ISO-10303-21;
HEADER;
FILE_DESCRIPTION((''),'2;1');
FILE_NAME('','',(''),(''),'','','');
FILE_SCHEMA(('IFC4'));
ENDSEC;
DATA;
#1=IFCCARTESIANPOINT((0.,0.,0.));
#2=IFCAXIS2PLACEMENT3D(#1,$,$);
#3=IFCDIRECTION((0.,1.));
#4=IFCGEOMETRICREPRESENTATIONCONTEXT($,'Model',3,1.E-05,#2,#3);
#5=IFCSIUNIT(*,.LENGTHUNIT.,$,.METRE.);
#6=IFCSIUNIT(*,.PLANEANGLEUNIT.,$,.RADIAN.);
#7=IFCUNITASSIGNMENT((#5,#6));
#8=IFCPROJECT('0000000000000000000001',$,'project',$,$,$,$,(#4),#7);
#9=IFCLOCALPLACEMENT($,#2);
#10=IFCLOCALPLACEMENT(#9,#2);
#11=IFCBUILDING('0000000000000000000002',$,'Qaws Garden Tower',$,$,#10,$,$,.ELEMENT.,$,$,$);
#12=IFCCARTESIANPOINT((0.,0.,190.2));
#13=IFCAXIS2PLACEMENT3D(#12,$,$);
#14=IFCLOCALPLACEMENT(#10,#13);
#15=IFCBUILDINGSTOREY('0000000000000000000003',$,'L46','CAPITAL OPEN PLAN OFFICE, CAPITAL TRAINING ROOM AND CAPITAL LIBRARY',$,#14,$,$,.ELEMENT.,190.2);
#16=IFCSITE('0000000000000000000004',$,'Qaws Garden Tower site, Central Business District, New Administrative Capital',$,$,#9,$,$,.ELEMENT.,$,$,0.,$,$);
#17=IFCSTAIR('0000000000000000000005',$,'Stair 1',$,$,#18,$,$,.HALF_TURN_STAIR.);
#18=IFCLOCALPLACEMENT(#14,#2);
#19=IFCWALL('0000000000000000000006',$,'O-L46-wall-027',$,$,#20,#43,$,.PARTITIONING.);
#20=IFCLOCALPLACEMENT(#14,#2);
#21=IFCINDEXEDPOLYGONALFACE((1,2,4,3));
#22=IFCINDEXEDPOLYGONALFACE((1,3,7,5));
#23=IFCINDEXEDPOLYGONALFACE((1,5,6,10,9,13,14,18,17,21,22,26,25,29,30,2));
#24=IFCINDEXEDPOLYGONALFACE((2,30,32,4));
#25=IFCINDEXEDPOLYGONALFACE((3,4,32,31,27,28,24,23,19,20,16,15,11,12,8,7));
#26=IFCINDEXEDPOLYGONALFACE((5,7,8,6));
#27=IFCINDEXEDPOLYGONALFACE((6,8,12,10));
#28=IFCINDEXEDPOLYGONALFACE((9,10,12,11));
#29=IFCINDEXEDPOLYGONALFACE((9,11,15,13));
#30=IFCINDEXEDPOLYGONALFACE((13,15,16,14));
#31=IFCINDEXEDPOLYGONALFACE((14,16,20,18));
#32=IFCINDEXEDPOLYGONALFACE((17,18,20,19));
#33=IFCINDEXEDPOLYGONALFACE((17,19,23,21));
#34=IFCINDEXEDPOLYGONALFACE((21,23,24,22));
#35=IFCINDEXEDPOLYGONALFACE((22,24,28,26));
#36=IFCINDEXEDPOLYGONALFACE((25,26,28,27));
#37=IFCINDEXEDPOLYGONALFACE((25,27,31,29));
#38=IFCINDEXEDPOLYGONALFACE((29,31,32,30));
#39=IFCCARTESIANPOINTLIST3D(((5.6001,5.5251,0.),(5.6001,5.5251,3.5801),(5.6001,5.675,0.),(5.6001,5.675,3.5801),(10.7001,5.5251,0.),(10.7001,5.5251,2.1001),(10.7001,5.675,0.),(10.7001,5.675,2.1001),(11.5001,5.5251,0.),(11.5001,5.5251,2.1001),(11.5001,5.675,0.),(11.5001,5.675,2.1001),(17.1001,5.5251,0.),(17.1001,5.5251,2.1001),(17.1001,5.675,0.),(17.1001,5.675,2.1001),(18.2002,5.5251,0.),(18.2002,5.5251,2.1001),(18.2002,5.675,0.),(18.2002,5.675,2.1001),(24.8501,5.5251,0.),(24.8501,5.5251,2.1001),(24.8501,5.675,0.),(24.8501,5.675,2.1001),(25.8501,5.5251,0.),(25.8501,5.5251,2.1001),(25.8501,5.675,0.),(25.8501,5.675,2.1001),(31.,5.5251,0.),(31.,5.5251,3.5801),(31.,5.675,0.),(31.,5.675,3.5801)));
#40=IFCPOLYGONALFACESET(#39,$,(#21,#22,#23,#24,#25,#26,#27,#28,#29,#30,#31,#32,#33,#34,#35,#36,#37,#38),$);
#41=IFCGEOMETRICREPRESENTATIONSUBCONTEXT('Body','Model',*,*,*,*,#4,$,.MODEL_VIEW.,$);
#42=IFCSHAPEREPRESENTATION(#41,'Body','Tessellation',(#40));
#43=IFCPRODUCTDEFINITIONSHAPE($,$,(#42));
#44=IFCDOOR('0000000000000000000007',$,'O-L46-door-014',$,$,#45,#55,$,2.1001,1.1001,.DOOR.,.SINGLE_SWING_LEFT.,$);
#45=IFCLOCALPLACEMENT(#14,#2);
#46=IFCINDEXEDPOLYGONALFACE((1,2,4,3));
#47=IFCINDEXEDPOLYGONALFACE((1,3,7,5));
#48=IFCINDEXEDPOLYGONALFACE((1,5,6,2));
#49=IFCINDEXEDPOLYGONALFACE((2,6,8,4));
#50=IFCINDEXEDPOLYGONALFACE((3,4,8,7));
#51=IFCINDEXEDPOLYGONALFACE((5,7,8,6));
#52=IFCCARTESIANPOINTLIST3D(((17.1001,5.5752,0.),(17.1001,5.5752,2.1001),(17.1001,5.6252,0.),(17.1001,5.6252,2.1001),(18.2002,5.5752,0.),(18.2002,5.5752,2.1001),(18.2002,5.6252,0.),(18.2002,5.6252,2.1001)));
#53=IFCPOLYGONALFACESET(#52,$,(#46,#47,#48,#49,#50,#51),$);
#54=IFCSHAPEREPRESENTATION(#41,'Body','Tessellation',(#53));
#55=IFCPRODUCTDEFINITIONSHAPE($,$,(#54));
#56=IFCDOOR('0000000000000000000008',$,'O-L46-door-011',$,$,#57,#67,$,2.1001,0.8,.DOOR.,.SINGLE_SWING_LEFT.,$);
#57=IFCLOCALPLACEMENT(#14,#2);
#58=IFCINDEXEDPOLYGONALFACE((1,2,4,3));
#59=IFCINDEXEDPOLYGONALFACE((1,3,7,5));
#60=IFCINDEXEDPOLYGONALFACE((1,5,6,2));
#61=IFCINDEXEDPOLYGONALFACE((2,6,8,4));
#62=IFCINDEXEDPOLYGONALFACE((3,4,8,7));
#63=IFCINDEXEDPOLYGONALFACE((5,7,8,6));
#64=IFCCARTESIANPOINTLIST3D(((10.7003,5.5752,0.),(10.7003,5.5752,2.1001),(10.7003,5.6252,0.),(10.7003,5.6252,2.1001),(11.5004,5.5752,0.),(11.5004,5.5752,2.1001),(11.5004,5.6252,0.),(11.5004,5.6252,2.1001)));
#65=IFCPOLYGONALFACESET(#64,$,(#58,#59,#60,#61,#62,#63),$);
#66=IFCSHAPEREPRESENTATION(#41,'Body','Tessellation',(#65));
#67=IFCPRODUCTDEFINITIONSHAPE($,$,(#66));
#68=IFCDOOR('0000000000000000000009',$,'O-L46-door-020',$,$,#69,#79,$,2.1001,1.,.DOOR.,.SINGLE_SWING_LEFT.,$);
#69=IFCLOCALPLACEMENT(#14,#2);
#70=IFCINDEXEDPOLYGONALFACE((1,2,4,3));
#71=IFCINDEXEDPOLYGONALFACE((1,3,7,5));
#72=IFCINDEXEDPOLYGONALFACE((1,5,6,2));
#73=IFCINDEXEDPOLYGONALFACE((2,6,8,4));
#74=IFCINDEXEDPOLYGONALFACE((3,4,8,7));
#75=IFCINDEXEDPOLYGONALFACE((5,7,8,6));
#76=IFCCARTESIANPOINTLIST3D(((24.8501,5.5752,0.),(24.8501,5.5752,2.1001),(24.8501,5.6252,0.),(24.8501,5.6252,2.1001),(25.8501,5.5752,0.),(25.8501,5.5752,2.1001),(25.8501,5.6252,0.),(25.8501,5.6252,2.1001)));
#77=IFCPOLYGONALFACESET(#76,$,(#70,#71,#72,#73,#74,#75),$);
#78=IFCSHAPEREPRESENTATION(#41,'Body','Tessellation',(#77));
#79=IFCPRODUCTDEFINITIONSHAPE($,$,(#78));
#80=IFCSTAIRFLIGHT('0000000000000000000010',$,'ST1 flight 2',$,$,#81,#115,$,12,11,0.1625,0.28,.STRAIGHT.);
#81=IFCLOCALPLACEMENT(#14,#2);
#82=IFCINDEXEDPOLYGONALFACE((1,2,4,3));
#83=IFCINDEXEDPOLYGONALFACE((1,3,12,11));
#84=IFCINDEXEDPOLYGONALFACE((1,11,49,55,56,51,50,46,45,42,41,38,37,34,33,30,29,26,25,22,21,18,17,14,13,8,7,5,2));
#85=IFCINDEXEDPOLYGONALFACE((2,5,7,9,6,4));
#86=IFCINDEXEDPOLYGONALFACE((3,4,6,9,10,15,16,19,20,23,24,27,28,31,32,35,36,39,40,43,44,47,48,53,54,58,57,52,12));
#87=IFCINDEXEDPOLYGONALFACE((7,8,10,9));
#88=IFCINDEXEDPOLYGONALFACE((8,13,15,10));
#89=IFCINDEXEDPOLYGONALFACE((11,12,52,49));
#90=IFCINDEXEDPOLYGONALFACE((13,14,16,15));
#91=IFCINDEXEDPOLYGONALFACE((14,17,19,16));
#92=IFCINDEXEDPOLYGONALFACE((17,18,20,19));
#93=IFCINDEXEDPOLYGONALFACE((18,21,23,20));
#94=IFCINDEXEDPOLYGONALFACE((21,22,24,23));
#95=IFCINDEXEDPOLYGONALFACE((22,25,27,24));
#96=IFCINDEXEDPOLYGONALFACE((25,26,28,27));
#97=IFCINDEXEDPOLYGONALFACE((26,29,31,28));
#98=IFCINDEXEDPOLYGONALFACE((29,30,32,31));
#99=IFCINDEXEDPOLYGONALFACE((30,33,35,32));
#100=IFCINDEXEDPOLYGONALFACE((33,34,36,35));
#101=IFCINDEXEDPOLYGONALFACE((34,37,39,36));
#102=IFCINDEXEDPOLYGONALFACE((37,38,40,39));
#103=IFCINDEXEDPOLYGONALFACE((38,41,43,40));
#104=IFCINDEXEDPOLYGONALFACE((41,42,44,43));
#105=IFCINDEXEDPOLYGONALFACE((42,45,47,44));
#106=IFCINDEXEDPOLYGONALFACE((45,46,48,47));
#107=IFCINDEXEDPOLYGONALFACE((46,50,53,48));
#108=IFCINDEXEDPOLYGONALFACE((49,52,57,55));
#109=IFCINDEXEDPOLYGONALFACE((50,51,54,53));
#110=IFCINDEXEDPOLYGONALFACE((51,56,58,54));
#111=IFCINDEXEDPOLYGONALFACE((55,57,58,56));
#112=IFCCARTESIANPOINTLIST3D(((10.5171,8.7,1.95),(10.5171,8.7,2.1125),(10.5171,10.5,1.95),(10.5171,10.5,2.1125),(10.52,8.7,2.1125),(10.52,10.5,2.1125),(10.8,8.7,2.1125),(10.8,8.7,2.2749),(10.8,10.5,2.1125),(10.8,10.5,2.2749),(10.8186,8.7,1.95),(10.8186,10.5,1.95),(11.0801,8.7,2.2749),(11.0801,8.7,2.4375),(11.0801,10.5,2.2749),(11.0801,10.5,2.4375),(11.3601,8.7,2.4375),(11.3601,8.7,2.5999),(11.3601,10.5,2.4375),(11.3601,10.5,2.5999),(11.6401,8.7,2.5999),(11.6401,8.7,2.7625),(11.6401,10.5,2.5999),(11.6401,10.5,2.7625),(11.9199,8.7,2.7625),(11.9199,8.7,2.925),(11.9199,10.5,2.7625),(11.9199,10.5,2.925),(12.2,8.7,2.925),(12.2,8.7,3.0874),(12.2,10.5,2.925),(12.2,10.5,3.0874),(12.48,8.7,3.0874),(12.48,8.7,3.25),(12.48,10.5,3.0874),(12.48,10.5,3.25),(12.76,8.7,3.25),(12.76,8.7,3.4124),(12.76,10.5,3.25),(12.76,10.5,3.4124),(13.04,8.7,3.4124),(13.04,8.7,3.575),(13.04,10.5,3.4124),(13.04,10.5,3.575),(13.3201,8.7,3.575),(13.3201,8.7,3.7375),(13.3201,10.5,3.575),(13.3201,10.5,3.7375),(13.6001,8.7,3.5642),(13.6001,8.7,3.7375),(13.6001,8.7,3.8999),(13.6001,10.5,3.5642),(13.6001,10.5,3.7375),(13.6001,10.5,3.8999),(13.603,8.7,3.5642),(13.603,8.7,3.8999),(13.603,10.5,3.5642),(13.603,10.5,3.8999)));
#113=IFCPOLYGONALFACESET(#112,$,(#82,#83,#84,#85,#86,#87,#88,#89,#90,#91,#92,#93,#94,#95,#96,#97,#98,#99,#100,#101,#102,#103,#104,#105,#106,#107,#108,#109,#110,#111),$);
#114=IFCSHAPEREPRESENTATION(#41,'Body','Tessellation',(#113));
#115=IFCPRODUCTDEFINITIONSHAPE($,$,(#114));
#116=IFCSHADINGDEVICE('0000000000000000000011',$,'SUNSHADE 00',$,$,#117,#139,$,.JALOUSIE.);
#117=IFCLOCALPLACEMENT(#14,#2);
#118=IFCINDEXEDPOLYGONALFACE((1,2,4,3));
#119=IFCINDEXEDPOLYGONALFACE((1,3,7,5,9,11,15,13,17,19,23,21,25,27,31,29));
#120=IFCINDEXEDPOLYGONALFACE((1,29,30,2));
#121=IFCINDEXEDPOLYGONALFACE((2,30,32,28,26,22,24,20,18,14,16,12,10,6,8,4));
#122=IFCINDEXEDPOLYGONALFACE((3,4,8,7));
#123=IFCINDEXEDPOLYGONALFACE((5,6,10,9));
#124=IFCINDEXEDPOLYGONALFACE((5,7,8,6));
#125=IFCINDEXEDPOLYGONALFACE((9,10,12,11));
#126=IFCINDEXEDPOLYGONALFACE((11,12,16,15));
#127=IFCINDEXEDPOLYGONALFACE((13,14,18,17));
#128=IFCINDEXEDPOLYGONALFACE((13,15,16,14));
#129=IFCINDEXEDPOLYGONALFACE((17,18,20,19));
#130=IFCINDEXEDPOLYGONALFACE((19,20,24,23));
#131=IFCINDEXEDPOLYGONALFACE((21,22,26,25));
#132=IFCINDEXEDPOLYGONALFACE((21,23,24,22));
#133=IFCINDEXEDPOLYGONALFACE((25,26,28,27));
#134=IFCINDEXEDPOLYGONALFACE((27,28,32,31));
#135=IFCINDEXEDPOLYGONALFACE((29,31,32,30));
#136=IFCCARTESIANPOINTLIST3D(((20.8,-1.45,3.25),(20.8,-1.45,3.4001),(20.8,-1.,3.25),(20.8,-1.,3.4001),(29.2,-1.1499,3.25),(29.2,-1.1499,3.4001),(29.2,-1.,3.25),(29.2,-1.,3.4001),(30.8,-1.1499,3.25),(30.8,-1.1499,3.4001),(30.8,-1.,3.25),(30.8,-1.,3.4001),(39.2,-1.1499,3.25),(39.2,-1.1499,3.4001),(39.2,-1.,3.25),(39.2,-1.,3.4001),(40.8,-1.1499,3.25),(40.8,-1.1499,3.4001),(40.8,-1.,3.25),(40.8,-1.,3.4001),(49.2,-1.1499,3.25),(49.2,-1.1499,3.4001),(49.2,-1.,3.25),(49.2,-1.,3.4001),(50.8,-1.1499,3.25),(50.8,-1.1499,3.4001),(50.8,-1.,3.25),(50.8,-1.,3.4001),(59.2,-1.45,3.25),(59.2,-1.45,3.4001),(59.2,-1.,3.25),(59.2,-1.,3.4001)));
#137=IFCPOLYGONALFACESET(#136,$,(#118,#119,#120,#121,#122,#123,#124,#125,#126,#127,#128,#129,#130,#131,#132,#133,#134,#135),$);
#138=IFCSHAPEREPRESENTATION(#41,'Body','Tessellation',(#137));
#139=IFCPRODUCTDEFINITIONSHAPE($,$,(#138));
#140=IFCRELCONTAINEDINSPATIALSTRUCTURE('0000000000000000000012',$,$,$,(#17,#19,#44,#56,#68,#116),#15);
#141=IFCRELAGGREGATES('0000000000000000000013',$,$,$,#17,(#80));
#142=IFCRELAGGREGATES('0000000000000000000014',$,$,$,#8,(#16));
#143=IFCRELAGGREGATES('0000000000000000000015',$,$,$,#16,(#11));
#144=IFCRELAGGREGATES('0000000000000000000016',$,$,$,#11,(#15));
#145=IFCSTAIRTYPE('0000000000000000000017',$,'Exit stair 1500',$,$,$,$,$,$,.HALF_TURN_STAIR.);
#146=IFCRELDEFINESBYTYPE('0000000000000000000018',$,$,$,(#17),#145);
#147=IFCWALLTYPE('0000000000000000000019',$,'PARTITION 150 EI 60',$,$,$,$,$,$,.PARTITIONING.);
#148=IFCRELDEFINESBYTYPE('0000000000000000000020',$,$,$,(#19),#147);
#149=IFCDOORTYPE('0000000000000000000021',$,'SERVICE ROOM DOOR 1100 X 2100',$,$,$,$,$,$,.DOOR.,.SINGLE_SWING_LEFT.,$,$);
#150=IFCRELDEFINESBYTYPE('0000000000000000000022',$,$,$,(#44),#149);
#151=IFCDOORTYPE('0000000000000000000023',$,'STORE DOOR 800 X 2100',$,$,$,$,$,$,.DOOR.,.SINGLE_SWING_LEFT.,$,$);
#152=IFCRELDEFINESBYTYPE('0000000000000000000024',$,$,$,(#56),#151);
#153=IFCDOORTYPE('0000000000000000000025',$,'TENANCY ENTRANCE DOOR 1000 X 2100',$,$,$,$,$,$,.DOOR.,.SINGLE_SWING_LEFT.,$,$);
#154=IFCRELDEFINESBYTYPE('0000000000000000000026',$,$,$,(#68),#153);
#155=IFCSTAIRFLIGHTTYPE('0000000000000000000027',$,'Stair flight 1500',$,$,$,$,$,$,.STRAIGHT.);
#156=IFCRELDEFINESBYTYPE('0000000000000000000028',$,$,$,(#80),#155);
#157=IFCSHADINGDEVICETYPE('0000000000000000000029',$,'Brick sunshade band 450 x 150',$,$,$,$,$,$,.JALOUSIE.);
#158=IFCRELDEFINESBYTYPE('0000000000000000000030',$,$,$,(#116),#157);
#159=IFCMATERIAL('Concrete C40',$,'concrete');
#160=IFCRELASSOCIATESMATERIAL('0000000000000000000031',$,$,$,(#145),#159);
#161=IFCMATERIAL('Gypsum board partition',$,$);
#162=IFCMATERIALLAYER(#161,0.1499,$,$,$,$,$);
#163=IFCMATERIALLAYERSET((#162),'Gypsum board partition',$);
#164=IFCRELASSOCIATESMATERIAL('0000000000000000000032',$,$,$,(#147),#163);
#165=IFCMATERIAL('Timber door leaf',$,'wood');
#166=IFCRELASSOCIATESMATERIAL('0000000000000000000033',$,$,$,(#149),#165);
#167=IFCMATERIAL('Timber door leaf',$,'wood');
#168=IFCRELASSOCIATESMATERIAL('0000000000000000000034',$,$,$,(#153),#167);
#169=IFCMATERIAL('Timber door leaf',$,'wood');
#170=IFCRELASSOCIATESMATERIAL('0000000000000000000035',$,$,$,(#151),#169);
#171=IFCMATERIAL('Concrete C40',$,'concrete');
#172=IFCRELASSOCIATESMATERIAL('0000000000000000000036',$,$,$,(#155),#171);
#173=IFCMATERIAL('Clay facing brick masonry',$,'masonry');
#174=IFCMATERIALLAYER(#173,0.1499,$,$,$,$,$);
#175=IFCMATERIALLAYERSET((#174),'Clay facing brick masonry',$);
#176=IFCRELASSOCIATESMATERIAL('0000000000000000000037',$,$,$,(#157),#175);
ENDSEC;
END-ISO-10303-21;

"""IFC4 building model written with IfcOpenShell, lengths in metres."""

from ifc_helpers import new_model, si_unit, direction, frame, frame_2d, origin, place, context, subcontext, project, spatial, polyline, rectangle, outline, extrude, material, layer, layer_set, type_object, element, fill, aggregate, save


model = new_model("IFC4")

# Units and contexts
model_context = context("Model", 3, precision=1e-05, world=origin(), true_north=direction((0.0, 1.0)))
body_context = subcontext(model_context, "Body", "Model", "MODEL_VIEW")
ifc_project = project(units=[si_unit("LENGTHUNIT", "METRE"), si_unit("PLANEANGLEUNIT", "RADIAN")], contexts=[model_context])

# Site, building, storey
site_placement = place(None, origin())
site = spatial("IfcSite", under=ifc_project, at=site_placement, Name="Qaws Garden Tower site, Central Business District, New Administrative Capital", CompositionType="ELEMENT", RefElevation=0.0)
building_placement = place(site_placement, origin())
building = spatial("IfcBuilding", under=site, at=building_placement, Name="Qaws Garden Tower", CompositionType="ELEMENT")
storey_placement = place(building_placement, frame((0.0, 0.0, 190.2)))
storey = spatial("IfcBuildingStorey", under=building, at=storey_placement, Name="L46", Description="CAPITAL OPEN PLAN OFFICE, CAPITAL TRAINING ROOM AND CAPITAL LIBRARY", CompositionType="ELEMENT", Elevation=190.2)

# Stair
ifc_material_1 = material(Name="Concrete C40", Category="concrete")
stair_type_1 = type_object("IfcStairType", Name="Exit stair 1500", PredefinedType="HALF_TURN_STAIR", material=ifc_material_1)
placement_1 = place(storey_placement, origin())
stair_1 = element("IfcStair", 1, at=placement_1, inside=storey, type_object=stair_type_1, Name="Stair 1", PredefinedType="HALF_TURN_STAIR")

# Wall, openings, doors
ifc_material_2 = material(Name="Gypsum board partition")
ifc_layer_1 = layer(ifc_material_2, 0.1499)
ifc_layer_set_1 = layer_set([ifc_layer_1], Name="Gypsum board partition")
wall_type_1 = type_object("IfcWallType", Name="PARTITION 150 EI 60", PredefinedType="PARTITIONING", material=ifc_layer_set_1)
ifc_material_3 = material(Name="Timber door leaf", Category="wood")
door_type_1 = type_object("IfcDoorType", Name="SERVICE ROOM DOOR 1100 X 2100", OperationType="SINGLE_SWING_LEFT", PredefinedType="DOOR", material=ifc_material_3)
ifc_material_4 = material(Name="Timber door leaf", Category="wood")
door_type_2 = type_object("IfcDoorType", Name="TENANCY ENTRANCE DOOR 1000 X 2100", OperationType="SINGLE_SWING_LEFT", PredefinedType="DOOR", material=ifc_material_4)
wall_1_placement = place(storey_placement, frame((5.6001, 5.6001, 0.0), z_axis=(0.0, 0.0, 1.0), x_axis=(1.0, 0.0, 0.0)))
wall_1 = element("IfcWall", 2, at=wall_1_placement, inside=storey, type_object=wall_type_1, Name="O-L46-wall-027", PredefinedType="PARTITIONING", context=body_context, shape_type="SweptSolid", body=[
    extrude(rectangle(XDim=25.3999, YDim=0.1499, at=frame_2d((12.7, 0.0))), origin(), (0.0, 0.0, 1.0), 3.5801),
])
opening_1_placement = place(wall_1_placement, frame((5.1001, 0.0, 0.0)))
opening_1 = element("IfcOpeningElement", 3, at=opening_1_placement, cuts=wall_1, PredefinedType="OPENING", context=body_context, shape_type="SweptSolid", body=[
    extrude(rectangle(XDim=0.8, YDim=2.1001, at=frame_2d((0.3999, 1.05))), frame((0.0, 0.085, 0.0), z_axis=(0.0, -1.0, 0.0), x_axis=(1.0, 0.0, 0.0)), (0.0, 0.0, 1.0), 0.1699),
])
opening_2_placement = place(wall_1_placement, frame((11.5, 0.0, 0.0)))
opening_2 = element("IfcOpeningElement", 4, at=opening_2_placement, cuts=wall_1, PredefinedType="OPENING", context=body_context, shape_type="SweptSolid", body=[
    extrude(rectangle(XDim=1.1001, YDim=2.1001, at=frame_2d((0.55, 1.05))), frame((0.0, 0.085, 0.0), z_axis=(0.0, -1.0, 0.0), x_axis=(1.0, 0.0, 0.0)), (0.0, 0.0, 1.0), 0.1699),
])
opening_3_placement = place(wall_1_placement, frame((19.25, 0.0, 0.0)))
opening_3 = element("IfcOpeningElement", 5, at=opening_3_placement, cuts=wall_1, PredefinedType="OPENING", context=body_context, shape_type="SweptSolid", body=[
    extrude(rectangle(XDim=1.0, YDim=2.1001, at=frame_2d((0.5, 1.05))), frame((0.0, 0.085, 0.0), z_axis=(0.0, -1.0, 0.0), x_axis=(1.0, 0.0, 0.0)), (0.0, 0.0, 1.0), 0.1699),
])
door_1_placement = place(opening_2_placement, frame((1.1001, 0.0, 0.0), z_axis=(0.0, 0.0, 1.0), x_axis=(-1.0, 0.0, 0.0)))
door_1 = element("IfcDoor", 6, at=door_1_placement, inside=storey, type_object=door_type_1, Name="O-L46-door-014", OperationType="SINGLE_SWING_LEFT", OverallHeight=2.1001, OverallWidth=1.1001, PredefinedType="DOOR", context=body_context, shape_type="SweptSolid", body=[
    extrude(rectangle(XDim=1.1001, YDim=2.1001, at=frame_2d((0.55, 1.05))), frame((0.0, 0.0249, 0.0), z_axis=(0.0, -1.0, 0.0), x_axis=(1.0, 0.0, 0.0)), (0.0, 0.0, 1.0), 0.05),
])
fill(opening_2, door_1)
ifc_material_5 = material(Name="Timber door leaf", Category="wood")
door_type_3 = type_object("IfcDoorType", Name="STORE DOOR 800 X 2100", OperationType="SINGLE_SWING_LEFT", PredefinedType="DOOR", material=ifc_material_5)
door_2_placement = place(opening_1_placement, frame((0.8, 0.0, 0.0), z_axis=(0.0, 0.0, 1.0), x_axis=(-1.0, 0.0, 0.0)))
door_2 = element("IfcDoor", 7, at=door_2_placement, inside=storey, type_object=door_type_3, Name="O-L46-door-011", OperationType="SINGLE_SWING_LEFT", OverallHeight=2.1001, OverallWidth=0.8, PredefinedType="DOOR", context=body_context, shape_type="SweptSolid", body=[
    extrude(rectangle(XDim=0.8, YDim=2.1001, at=frame_2d((0.3999, 1.05))), frame((0.0, 0.0249, 0.0), z_axis=(0.0, -1.0, 0.0), x_axis=(1.0, 0.0, 0.0)), (0.0, 0.0, 1.0), 0.05),
])
fill(opening_1, door_2)
door_3_placement = place(opening_3_placement, frame((1.0, 0.0, 0.0), z_axis=(0.0, 0.0, 1.0), x_axis=(-1.0, 0.0, 0.0)))
door_3 = element("IfcDoor", 8, at=door_3_placement, inside=storey, type_object=door_type_2, Name="O-L46-door-020", OperationType="SINGLE_SWING_LEFT", OverallHeight=2.1001, OverallWidth=1.0, PredefinedType="DOOR", context=body_context, shape_type="SweptSolid", body=[
    extrude(rectangle(XDim=1.0, YDim=2.1001, at=frame_2d((0.5, 1.05))), frame((0.0, 0.0249, 0.0), z_axis=(0.0, -1.0, 0.0), x_axis=(1.0, 0.0, 0.0)), (0.0, 0.0, 1.0), 0.05),
])
fill(opening_3, door_3)

# Stair flight
ifc_material_6 = material(Name="Concrete C40", Category="concrete")
stair_flight_type = type_object("IfcStairFlightType", Name="Stair flight 1500", PredefinedType="STRAIGHT", material=ifc_material_6)
stair_flight_placement = place(storey_placement, frame((10.52, 9.6001, 1.95), z_axis=(0.0, 0.0, 1.0), x_axis=(1.0, 0.0, 0.0)))
stair_flight = element("IfcStairFlight", 9, at=stair_flight_placement, type_object=stair_flight_type, Name="ST1 flight 2", NumberOfRisers=12, NumberOfTreads=11, PredefinedType="STRAIGHT", RiserHeight=0.1625, TreadLength=0.28, context=body_context, shape_type="SweptSolid", body=[
    extrude(outline(polyline([(-0.0029, 0.0), (-0.0029, 0.1626), (0.0, 0.1626), (0.28, 0.1626), (0.28, 0.325), (0.5601, 0.325), (0.5601, 0.4875), (0.8401, 0.4875), (0.8401, 0.6499), (1.1201, 0.6499), (1.1201, 0.8125), (1.3999, 0.8125), (1.3999, 0.9751), (1.6799, 0.9751), (1.6799, 1.1375), (1.96, 1.1375), (1.96, 1.3), (2.24, 1.3), (2.24, 1.4624), (2.52, 1.4624), (2.52, 1.625), (2.8, 1.625), (2.8, 1.7876), (3.0801, 1.7876), (3.0801, 1.95), (3.083, 1.95), (3.083, 1.6143), (3.0801, 1.6143), (0.2986, 0.0), (-0.0029, 0.0)])), frame((0.0, 0.8999, 0.0), z_axis=(0.0, -1.0, 0.0), x_axis=(1.0, 0.0, 0.0)), (0.0, 0.0, 1.0), 1.8),
])
aggregate(stair_1, [stair_flight])

# Shading device
ifc_material_7 = material(Name="Clay facing brick masonry", Category="masonry")
ifc_layer_2 = layer(ifc_material_7, 0.1499)
ifc_layer_set_2 = layer_set([ifc_layer_2], Name="Clay facing brick masonry")
shading_device_type = type_object("IfcShadingDeviceType", Name="Brick sunshade band 450 x 150", PredefinedType="JALOUSIE", material=ifc_layer_set_2)
shading_device_placement = place(storey_placement, frame((0.0, 0.0, 3.25)))
element("IfcShadingDevice", 10, at=shading_device_placement, inside=storey, type_object=shading_device_type, Name="SUNSHADE 00", PredefinedType="JALOUSIE", context=body_context, shape_type="SweptSolid", body=[
    extrude(outline(polyline([(20.8, -1.0), (20.8, -1.45), (59.2, -1.45), (59.2, -1.0), (50.8, -1.0), (50.8, -1.1499), (49.2, -1.1499), (49.2, -1.0), (40.8, -1.0), (40.8, -1.1499), (39.2, -1.1499), (39.2, -1.0), (30.8, -1.0), (30.8, -1.1499), (29.2, -1.1499), (29.2, -1.0), (20.8, -1.0)])), origin(), (0.0, 0.0, 1.0), 0.1501),
])

save(model, "model.ifc")
